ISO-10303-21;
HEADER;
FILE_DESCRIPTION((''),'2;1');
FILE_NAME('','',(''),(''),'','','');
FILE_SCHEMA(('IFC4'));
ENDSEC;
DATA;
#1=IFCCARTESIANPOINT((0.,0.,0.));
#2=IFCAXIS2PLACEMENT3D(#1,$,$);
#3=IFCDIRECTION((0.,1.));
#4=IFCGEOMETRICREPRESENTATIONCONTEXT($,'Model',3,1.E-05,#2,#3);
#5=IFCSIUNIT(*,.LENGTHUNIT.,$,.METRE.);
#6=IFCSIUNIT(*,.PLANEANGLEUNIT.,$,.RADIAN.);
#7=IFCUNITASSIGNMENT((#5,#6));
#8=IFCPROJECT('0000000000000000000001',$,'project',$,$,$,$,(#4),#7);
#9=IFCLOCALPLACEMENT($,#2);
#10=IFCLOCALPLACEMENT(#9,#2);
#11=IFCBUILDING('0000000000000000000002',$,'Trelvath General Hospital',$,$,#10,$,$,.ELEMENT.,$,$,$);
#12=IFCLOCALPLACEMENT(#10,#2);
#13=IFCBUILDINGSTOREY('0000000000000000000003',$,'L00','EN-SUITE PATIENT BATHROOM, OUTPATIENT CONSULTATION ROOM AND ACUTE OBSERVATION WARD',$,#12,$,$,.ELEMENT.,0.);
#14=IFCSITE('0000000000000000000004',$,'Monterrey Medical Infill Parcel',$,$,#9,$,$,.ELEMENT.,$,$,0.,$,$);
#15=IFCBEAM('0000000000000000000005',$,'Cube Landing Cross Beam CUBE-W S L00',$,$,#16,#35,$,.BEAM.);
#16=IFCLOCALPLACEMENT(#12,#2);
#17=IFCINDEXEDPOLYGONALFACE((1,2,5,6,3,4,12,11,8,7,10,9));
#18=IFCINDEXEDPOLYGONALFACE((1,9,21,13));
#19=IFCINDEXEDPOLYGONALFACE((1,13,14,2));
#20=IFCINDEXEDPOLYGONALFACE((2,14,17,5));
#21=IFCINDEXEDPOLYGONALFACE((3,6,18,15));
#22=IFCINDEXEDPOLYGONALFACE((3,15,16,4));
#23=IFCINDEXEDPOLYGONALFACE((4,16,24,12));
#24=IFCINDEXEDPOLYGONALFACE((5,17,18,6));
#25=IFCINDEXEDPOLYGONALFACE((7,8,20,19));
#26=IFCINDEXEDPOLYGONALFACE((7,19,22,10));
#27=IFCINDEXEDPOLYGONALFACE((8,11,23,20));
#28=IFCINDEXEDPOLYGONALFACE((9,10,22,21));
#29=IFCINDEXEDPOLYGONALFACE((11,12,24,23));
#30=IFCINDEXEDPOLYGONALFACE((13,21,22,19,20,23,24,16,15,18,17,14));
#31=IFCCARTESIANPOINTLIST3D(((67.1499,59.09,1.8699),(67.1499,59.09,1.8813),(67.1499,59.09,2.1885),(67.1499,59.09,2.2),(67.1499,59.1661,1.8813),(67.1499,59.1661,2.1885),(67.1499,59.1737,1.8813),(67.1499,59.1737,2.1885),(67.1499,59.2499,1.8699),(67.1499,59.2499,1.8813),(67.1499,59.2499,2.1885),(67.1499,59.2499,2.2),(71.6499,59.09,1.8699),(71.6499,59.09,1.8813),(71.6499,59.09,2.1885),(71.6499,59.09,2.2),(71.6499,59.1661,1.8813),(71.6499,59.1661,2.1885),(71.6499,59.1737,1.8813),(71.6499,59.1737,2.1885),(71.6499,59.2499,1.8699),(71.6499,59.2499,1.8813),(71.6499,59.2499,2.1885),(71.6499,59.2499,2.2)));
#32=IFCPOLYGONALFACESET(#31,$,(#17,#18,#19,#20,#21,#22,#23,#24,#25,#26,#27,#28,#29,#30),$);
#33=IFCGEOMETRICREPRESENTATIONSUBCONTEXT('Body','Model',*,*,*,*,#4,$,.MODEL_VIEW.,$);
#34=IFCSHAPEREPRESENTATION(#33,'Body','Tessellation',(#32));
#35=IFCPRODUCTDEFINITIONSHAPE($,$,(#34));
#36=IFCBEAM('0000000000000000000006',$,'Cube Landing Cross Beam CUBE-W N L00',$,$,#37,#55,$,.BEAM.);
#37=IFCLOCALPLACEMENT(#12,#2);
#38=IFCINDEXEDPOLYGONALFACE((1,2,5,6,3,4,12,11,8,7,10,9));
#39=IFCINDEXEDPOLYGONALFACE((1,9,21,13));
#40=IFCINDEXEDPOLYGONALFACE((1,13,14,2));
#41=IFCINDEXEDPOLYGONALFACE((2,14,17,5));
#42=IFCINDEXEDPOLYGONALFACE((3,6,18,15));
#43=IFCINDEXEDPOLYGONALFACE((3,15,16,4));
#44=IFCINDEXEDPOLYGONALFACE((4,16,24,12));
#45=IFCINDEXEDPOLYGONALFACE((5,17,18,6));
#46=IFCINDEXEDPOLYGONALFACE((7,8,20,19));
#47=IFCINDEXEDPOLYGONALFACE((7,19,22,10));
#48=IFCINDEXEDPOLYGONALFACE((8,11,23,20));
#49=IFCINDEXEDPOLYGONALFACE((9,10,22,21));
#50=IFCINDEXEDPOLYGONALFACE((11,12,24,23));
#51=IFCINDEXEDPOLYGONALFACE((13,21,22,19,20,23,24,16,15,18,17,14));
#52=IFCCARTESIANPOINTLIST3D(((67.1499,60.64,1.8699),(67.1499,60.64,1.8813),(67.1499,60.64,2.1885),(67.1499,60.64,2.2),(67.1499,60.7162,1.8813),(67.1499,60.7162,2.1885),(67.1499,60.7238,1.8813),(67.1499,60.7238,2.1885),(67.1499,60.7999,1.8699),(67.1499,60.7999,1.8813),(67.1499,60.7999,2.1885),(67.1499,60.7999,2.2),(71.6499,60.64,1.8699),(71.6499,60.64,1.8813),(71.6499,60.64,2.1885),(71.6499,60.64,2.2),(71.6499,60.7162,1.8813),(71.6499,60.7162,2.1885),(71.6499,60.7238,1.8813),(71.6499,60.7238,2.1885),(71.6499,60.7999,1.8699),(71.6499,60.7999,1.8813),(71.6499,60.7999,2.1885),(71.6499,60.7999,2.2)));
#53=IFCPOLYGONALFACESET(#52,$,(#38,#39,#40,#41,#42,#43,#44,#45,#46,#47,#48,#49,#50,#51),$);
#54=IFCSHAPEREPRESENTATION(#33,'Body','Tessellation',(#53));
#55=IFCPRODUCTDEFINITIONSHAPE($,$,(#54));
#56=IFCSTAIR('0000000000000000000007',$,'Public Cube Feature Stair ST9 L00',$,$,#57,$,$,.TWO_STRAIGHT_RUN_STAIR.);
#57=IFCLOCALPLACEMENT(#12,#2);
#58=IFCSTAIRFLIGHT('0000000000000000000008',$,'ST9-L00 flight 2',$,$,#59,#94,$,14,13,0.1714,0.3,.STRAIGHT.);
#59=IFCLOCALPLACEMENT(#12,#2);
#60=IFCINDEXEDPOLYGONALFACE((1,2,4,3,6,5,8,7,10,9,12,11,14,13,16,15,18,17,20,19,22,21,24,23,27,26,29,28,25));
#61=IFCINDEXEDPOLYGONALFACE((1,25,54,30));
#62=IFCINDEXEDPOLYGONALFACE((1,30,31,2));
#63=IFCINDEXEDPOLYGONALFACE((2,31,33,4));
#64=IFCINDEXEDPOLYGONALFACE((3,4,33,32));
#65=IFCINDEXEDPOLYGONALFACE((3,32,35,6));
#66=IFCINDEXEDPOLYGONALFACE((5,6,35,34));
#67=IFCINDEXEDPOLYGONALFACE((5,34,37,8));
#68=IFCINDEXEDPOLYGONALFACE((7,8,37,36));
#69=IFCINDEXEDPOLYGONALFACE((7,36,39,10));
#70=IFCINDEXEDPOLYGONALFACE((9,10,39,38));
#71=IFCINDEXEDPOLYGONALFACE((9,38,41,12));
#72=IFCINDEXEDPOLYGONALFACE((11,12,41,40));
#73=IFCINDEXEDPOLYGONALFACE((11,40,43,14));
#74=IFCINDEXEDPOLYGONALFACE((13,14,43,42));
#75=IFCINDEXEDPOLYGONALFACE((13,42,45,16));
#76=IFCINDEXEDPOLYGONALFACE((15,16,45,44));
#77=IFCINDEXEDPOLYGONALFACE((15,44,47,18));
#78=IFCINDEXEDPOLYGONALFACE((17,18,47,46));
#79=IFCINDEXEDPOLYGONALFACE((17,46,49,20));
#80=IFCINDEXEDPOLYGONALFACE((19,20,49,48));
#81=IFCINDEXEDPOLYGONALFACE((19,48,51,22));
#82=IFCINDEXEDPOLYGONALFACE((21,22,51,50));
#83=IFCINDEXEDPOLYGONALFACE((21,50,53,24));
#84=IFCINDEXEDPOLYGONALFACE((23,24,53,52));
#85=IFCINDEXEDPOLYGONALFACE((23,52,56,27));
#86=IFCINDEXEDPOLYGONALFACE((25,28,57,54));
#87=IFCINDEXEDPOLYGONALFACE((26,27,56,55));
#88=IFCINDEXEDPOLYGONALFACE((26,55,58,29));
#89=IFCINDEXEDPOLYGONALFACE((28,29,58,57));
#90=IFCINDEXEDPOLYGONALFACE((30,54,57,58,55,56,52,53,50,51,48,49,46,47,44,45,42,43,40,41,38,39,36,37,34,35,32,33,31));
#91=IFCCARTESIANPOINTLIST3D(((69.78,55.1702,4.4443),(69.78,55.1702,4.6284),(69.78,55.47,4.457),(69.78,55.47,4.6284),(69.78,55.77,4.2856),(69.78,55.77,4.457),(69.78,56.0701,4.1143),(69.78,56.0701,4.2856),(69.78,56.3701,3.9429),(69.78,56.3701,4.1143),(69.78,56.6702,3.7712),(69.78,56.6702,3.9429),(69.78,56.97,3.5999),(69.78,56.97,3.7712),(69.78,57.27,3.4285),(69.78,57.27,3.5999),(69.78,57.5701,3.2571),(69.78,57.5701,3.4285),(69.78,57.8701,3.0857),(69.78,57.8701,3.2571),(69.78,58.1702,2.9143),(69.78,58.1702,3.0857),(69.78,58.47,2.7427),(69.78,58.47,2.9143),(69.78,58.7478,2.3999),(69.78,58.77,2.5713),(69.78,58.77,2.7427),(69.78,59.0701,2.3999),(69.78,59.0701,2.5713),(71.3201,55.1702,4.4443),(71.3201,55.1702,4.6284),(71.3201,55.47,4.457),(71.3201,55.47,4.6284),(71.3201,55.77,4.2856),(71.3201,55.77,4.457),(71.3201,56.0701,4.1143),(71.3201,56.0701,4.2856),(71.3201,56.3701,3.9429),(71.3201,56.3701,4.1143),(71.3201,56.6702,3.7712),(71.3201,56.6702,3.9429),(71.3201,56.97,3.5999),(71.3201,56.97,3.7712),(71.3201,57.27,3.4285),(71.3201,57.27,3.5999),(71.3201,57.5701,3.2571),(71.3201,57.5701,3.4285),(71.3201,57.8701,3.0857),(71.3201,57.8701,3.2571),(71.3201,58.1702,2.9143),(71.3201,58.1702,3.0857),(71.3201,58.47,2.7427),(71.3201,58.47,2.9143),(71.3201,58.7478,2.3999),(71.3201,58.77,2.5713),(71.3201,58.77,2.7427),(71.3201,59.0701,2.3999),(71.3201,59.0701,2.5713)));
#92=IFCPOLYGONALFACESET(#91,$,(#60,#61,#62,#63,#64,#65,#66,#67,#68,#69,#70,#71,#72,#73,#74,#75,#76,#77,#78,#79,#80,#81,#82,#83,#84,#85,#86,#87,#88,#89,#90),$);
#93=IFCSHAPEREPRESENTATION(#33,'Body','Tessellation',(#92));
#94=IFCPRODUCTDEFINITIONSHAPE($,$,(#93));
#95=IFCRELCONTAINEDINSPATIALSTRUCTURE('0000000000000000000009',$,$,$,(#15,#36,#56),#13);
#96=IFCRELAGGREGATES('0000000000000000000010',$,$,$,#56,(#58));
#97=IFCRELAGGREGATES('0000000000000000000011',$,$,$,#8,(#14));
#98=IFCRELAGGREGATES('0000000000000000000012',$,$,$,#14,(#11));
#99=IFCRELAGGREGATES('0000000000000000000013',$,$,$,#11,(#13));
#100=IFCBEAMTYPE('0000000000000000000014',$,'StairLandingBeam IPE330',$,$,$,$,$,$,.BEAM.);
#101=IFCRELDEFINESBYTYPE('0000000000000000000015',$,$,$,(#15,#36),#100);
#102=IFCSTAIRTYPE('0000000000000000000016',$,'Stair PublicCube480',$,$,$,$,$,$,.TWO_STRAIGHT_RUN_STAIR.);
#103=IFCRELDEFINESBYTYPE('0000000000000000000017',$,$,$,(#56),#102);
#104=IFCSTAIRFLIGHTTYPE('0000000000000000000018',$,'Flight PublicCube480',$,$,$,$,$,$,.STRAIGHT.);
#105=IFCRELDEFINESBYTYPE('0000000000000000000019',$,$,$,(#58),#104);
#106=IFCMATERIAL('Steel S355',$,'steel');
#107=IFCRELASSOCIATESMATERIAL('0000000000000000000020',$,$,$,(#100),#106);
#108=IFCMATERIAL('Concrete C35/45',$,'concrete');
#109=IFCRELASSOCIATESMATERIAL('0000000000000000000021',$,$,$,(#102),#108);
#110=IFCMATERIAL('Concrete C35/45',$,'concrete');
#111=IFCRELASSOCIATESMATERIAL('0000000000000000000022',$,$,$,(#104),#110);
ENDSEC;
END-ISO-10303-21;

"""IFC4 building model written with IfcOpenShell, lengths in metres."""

from ifc_helpers import new_model, si_unit, direction, frame, origin, origin_2d, place, context, subcontext, project, spatial, polyline, i_section, outline, extrude, material, material_profile, profile_set, type_object, element, aggregate, save


model = new_model("IFC4")

# Units and contexts
model_context = context("Model", 3, precision=1e-05, world=origin(), true_north=direction((0.0, 1.0)))
body_context = subcontext(model_context, "Body", "Model", "MODEL_VIEW")
ifc_project = project(units=[si_unit("LENGTHUNIT", "METRE"), si_unit("PLANEANGLEUNIT", "RADIAN")], contexts=[model_context])

# Site, building, storey
site_placement = place(None, origin())
site = spatial("IfcSite", under=ifc_project, at=site_placement, Name="Monterrey Medical Infill Parcel", CompositionType="ELEMENT", RefElevation=0.0)
building_placement = place(site_placement, origin())
building = spatial("IfcBuilding", under=site, at=building_placement, Name="Trelvath General Hospital", CompositionType="ELEMENT")
storey_placement = place(building_placement, origin())
storey = spatial("IfcBuildingStorey", under=building, at=storey_placement, Name="L00", Description="EN-SUITE PATIENT BATHROOM, OUTPATIENT CONSULTATION ROOM AND ACUTE OBSERVATION WARD", CompositionType="ELEMENT", Elevation=0.0)

# Beams
ifc_material_1 = material(Name="Steel S355", Category="steel")
ifc_material_profile_1 = material_profile(ifc_material_1, i_section(OverallWidth=0.1599, OverallDepth=0.3301, WebThickness=0.0076, FlangeThickness=0.0115, at=origin_2d()), Name="IPE330")
ifc_profile_set_1 = profile_set([ifc_material_profile_1], Name="Steel S355")
beam_type_1 = type_object("IfcBeamType", Name="StairLandingBeam IPE330", PredefinedType="BEAM", material=ifc_profile_set_1)
for number, where, z_axis, x_axis, name in (
    (1, (67.1499, 59.1699, 2.0349), (1.0, 0.0, 0.0), (0.0, 1.0, 0.0), "Cube Landing Cross Beam CUBE-W S L00"),
    (2, (67.1499, 60.72, 2.0349), (1.0, 0.0, 0.0), (0.0, 1.0, 0.0), "Cube Landing Cross Beam CUBE-W N L00"),
):
    element("IfcBeam", number, at=place(storey_placement, frame(where, z_axis=z_axis, x_axis=x_axis)), inside=storey, type_object=beam_type_1, Name=name, PredefinedType="BEAM", context=body_context, shape_type="SweptSolid", body=[
        extrude(i_section(OverallWidth=0.1599, OverallDepth=0.3301, WebThickness=0.0076, FlangeThickness=0.0115, at=origin_2d()), origin(), (0.0, 0.0, 1.0), 4.5),
    ])

# Stair, stair flight
ifc_material_2 = material(Name="Concrete C35/45", Category="concrete")
stair_type = type_object("IfcStairType", Name="Stair PublicCube480", PredefinedType="TWO_STRAIGHT_RUN_STAIR", material=ifc_material_2)
stair_placement = place(storey_placement, origin())
stair = element("IfcStair", 3, at=stair_placement, inside=storey, type_object=stair_type, Name="Public Cube Feature Stair ST9 L00", PredefinedType="TWO_STRAIGHT_RUN_STAIR")
ifc_material_3 = material(Name="Concrete C35/45", Category="concrete")
stair_flight_type = type_object("IfcStairFlightType", Name="Flight PublicCube480", PredefinedType="STRAIGHT", material=ifc_material_3)
stair_flight_placement = place(storey_placement, frame((70.55, 59.0701, 2.3999), z_axis=(0.0, 0.0, 1.0), x_axis=(0.0, -1.0, 0.0)))
stair_flight = element("IfcStairFlight", 4, at=stair_flight_placement, type_object=stair_flight_type, Name="ST9-L00 flight 2", NumberOfRisers=14, NumberOfTreads=13, PredefinedType="STRAIGHT", RiserHeight=0.1714, TreadLength=0.3, context=body_context, shape_type="SweptSolid", body=[
    extrude(outline(polyline([(0.0, 0.0), (0.0, 0.1714), (0.3, 0.1714), (0.3, 0.3428), (0.6001, 0.3428), (0.6001, 0.5144), (0.8999, 0.5144), (0.8999, 0.6858), (1.2, 0.6858), (1.2, 0.8572), (1.5, 0.8572), (1.5, 1.0286), (1.8, 1.0286), (1.8, 1.2), (2.1001, 1.2), (2.1001, 1.3713), (2.3999, 1.3713), (2.3999, 1.543), (2.7, 1.543), (2.7, 1.7144), (3.0, 1.7144), (3.0, 1.8857), (3.3, 1.8857), (3.3, 2.0571), (3.6001, 2.0571), (3.6001, 2.2285), (3.8999, 2.2285), (3.8999, 2.3999), (3.8999, 2.0444), (0.3223, 0.0), (0.0, 0.0)])), frame((0.0, 0.77, 0.0), z_axis=(0.0, -1.0, 0.0), x_axis=(1.0, 0.0, 0.0)), (0.0, 0.0, 1.0), 1.54),
])
aggregate(stair, [stair_flight])

save(model, "model.ifc")
